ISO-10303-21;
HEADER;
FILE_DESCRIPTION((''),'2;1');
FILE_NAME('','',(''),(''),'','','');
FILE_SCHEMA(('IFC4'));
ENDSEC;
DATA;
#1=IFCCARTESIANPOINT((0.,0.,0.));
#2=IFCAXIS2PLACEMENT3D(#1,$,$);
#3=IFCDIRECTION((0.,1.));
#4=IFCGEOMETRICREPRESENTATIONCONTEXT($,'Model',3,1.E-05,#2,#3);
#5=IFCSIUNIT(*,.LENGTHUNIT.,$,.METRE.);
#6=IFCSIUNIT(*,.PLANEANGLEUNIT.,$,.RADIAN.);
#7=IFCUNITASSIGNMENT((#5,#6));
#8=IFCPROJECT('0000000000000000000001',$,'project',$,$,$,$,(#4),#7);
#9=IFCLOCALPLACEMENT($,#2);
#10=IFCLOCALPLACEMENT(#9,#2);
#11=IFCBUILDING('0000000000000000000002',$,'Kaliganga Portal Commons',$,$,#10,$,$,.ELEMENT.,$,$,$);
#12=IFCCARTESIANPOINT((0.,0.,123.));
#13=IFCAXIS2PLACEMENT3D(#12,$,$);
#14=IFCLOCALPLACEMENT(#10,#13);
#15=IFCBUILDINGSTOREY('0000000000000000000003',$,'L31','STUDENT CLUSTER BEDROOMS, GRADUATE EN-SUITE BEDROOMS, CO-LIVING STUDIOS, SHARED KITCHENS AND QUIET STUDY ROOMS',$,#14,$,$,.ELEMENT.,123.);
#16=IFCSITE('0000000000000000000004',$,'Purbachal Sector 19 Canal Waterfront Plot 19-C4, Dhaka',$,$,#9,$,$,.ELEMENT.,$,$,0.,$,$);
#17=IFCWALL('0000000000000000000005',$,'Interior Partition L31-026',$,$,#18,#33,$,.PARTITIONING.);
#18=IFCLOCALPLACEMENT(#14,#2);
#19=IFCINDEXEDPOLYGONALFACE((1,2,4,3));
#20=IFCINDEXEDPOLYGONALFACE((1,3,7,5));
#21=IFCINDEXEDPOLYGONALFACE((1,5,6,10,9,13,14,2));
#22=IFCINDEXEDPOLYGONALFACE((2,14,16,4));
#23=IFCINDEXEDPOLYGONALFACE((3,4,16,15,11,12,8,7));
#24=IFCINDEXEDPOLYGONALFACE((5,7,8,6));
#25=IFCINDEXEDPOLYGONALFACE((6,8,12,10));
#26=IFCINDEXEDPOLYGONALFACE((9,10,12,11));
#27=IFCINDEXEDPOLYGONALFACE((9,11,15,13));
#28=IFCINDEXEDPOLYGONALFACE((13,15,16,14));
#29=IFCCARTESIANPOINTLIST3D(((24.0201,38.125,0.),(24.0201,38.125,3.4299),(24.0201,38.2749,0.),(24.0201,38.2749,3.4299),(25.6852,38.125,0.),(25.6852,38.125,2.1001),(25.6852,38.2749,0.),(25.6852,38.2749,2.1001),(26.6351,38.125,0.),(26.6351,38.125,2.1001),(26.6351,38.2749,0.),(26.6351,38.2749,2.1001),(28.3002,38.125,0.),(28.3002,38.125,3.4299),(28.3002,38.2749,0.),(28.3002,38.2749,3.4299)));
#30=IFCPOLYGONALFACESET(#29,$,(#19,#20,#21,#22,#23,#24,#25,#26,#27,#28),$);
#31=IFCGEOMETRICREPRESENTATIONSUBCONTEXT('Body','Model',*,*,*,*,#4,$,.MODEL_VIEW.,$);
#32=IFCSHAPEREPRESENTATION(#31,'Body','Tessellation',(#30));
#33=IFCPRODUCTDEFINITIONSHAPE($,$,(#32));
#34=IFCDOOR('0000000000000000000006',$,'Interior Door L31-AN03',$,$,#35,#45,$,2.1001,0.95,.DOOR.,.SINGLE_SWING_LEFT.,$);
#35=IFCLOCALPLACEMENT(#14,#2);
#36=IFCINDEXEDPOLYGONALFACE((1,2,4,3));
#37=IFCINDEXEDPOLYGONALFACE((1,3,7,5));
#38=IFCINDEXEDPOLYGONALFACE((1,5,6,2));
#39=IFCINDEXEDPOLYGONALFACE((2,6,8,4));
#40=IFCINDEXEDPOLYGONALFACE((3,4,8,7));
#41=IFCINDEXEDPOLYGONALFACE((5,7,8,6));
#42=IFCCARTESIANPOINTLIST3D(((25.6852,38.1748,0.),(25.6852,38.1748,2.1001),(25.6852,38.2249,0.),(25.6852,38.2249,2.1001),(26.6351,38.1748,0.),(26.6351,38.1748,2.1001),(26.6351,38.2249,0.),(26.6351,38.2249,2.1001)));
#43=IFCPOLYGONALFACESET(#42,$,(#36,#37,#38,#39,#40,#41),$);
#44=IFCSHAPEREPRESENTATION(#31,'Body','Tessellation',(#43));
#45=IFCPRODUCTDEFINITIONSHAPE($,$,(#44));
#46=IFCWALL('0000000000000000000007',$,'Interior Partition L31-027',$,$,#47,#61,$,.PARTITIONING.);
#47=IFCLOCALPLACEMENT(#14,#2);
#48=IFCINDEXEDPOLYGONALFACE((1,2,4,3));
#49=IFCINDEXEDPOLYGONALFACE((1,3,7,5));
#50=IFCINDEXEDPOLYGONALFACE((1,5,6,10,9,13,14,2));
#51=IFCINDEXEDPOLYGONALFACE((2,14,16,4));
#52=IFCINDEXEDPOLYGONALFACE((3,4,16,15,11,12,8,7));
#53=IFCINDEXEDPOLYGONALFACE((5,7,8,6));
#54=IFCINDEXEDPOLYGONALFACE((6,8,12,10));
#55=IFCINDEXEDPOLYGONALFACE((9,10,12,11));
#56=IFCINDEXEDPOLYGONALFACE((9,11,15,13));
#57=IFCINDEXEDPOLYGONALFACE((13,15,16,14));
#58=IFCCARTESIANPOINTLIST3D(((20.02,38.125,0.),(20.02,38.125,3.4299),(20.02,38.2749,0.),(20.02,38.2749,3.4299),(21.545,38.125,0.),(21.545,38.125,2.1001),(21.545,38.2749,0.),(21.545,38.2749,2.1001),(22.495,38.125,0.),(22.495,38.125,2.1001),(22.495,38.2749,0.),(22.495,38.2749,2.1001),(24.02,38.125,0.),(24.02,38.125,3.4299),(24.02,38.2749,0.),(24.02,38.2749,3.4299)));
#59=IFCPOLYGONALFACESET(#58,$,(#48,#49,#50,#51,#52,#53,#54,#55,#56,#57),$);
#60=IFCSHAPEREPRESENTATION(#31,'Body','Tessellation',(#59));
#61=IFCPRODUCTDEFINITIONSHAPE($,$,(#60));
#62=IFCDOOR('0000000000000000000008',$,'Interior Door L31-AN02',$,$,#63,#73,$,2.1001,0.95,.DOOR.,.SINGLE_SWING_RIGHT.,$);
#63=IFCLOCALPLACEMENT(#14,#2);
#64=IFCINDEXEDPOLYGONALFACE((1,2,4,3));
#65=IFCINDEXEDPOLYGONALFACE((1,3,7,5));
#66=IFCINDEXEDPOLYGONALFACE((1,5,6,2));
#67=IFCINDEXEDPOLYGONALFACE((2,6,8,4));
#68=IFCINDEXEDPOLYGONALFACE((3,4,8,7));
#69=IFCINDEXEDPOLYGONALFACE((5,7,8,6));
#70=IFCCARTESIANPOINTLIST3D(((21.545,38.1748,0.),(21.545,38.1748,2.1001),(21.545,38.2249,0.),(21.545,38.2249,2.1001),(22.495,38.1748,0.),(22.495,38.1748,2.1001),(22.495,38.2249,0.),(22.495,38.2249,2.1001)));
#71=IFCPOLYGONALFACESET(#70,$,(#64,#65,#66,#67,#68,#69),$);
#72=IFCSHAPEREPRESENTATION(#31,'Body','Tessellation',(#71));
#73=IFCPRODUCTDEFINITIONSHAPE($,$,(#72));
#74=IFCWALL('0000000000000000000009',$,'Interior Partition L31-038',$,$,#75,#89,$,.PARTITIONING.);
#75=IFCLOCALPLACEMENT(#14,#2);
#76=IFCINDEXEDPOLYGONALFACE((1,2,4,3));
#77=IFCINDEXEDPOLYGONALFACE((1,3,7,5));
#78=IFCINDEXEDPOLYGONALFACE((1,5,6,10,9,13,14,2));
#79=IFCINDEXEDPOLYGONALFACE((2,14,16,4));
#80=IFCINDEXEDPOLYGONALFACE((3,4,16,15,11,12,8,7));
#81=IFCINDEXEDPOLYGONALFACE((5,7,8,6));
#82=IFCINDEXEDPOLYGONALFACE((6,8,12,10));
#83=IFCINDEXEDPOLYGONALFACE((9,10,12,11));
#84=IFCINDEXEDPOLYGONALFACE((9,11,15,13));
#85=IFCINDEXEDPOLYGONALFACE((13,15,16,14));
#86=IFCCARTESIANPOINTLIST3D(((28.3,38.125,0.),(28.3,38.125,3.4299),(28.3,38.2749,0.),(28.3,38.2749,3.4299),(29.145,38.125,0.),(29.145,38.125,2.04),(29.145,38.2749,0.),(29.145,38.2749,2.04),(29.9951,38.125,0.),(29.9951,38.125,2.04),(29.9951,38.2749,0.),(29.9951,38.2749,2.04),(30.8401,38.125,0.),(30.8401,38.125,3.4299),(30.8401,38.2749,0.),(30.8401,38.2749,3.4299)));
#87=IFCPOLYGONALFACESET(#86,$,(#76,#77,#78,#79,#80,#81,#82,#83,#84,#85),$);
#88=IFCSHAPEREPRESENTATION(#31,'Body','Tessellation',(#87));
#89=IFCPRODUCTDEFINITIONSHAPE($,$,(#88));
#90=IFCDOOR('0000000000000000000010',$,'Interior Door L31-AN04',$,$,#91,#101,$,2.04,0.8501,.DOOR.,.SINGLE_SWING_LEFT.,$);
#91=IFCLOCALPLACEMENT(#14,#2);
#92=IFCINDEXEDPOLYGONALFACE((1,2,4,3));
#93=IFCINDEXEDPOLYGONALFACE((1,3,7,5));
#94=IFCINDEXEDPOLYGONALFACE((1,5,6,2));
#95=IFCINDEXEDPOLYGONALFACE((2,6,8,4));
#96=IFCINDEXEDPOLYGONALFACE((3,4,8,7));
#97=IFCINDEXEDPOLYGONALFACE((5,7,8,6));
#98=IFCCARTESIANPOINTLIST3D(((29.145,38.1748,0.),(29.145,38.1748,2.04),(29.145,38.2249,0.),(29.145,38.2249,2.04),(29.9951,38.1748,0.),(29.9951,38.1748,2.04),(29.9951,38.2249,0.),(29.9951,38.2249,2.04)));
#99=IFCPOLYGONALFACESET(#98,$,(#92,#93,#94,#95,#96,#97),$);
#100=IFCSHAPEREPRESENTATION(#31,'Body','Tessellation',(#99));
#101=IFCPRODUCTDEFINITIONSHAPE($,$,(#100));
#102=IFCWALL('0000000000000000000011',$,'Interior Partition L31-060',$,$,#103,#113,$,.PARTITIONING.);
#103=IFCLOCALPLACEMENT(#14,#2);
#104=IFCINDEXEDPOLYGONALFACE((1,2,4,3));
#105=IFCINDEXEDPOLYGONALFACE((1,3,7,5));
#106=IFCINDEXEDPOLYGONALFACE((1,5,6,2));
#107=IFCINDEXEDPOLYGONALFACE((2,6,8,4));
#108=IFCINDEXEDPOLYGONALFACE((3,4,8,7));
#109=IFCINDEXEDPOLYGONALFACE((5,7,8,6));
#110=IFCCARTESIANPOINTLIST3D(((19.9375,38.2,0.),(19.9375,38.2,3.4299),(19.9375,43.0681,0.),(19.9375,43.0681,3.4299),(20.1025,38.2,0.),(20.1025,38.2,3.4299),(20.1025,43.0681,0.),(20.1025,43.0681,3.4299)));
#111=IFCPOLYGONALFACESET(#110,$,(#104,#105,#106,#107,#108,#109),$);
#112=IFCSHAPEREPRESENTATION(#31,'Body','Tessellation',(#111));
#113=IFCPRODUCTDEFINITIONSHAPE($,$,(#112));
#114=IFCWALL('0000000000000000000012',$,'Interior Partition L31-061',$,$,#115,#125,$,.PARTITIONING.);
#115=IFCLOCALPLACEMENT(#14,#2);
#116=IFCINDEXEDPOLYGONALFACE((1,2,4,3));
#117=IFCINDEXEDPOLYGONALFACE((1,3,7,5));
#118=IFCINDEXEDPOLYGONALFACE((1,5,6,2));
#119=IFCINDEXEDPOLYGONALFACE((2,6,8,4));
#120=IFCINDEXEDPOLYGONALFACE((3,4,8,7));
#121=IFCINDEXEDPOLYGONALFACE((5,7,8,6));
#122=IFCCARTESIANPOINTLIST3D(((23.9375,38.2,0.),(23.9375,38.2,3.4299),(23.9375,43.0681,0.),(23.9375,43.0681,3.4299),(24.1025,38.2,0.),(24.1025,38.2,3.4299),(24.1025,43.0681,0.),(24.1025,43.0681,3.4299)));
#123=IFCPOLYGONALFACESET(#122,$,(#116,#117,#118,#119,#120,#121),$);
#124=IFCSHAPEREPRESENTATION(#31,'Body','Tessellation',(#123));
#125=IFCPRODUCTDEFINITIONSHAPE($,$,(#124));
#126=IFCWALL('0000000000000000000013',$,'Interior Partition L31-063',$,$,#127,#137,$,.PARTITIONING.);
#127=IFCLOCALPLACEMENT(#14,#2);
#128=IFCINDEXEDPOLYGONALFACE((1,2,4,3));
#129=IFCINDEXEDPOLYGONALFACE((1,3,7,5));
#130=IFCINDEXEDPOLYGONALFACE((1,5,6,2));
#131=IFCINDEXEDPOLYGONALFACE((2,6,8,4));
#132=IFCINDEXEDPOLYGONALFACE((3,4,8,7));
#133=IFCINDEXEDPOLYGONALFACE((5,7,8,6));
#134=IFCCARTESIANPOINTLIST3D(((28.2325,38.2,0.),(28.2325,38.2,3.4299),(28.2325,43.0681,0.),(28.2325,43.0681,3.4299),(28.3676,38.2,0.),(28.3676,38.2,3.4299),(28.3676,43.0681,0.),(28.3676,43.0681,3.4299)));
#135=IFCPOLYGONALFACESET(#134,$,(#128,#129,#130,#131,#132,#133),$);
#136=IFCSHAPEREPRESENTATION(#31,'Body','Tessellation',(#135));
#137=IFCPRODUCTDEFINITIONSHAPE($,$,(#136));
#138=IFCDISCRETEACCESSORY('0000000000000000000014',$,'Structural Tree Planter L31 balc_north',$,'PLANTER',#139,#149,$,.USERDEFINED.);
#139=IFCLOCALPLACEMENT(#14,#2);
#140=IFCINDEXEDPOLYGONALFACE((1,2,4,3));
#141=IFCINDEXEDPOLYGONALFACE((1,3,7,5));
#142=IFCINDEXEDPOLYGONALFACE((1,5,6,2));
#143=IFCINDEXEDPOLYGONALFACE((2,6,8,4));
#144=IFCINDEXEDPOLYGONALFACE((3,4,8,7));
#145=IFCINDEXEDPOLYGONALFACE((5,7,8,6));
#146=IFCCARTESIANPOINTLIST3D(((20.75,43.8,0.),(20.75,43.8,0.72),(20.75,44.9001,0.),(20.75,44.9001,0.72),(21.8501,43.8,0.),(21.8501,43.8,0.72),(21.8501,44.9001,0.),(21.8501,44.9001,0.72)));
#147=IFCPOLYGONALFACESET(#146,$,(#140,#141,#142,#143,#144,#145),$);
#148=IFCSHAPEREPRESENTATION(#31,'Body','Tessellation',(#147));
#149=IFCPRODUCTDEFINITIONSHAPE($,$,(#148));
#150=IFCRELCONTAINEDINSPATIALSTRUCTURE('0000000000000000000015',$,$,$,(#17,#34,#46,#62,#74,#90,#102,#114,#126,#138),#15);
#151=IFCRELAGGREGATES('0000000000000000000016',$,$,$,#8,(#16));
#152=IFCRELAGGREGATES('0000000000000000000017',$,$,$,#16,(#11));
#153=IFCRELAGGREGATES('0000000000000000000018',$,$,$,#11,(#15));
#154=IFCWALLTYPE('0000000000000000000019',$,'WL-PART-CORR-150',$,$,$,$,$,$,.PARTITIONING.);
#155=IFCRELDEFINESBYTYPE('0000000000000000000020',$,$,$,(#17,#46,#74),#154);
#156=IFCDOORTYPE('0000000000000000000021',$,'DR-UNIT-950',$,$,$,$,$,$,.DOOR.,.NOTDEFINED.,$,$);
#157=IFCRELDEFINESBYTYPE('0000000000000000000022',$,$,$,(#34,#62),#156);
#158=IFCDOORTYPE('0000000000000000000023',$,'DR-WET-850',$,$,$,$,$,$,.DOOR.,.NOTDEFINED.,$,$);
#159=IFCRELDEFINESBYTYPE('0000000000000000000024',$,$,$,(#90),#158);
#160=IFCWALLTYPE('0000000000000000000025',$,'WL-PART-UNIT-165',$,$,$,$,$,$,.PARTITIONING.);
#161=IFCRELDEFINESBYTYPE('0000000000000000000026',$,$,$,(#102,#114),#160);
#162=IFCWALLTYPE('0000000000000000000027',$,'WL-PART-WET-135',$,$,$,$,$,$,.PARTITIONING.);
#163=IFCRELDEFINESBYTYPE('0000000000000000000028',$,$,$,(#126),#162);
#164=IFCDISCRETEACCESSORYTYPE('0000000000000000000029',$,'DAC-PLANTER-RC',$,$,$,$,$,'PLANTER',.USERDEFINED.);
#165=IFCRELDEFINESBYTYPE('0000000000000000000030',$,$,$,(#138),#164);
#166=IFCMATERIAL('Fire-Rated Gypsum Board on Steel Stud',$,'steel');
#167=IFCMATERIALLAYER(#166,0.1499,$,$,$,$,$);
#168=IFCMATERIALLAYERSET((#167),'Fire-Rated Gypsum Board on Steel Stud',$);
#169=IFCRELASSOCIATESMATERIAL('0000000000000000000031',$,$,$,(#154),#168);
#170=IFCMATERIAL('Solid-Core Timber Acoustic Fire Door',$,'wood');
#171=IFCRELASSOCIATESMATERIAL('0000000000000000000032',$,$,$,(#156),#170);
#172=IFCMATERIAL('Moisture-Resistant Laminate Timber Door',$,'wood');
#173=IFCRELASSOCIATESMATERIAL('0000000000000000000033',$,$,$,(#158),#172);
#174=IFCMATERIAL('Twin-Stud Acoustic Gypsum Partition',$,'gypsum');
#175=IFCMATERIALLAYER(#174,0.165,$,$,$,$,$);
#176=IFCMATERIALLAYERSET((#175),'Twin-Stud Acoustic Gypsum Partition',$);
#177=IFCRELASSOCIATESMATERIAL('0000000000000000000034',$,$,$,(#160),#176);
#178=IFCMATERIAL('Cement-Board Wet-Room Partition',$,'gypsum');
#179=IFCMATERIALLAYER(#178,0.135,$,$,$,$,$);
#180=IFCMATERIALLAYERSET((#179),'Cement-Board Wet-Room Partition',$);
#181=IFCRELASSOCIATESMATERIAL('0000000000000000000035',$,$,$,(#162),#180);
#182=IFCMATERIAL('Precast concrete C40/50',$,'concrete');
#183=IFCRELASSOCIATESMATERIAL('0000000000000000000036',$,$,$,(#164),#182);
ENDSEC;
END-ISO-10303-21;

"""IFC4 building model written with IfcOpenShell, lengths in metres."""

from ifc_helpers import new_model, si_unit, direction, frame, frame_2d, origin, origin_2d, place, context, subcontext, project, spatial, rectangle, extrude, source, transform, mapped, material, layer, layer_set, type_object, element, fill, save


model = new_model("IFC4")

# Units and contexts
model_context = context("Model", 3, precision=1e-05, world=origin(), true_north=direction((0.0, 1.0)))
body_context = subcontext(model_context, "Body", "Model", "MODEL_VIEW")
ifc_project = project(units=[si_unit("LENGTHUNIT", "METRE"), si_unit("PLANEANGLEUNIT", "RADIAN")], contexts=[model_context])

# Site, building, storey
site_placement = place(None, origin())
site = spatial("IfcSite", under=ifc_project, at=site_placement, Name="Purbachal Sector 19 Canal Waterfront Plot 19-C4, Dhaka", CompositionType="ELEMENT", RefElevation=0.0)
building_placement = place(site_placement, origin())
building = spatial("IfcBuilding", under=site, at=building_placement, Name="Kaliganga Portal Commons", CompositionType="ELEMENT")
storey_placement = place(building_placement, frame((0.0, 0.0, 123.0)))
storey = spatial("IfcBuildingStorey", under=building, at=storey_placement, Name="L31", Description="STUDENT CLUSTER BEDROOMS, GRADUATE EN-SUITE BEDROOMS, CO-LIVING STUDIOS, SHARED KITCHENS AND QUIET STUDY ROOMS", CompositionType="ELEMENT", Elevation=123.0)

# Walls, openings, doors
ifc_material_1 = material(Name="Fire-Rated Gypsum Board on Steel Stud", Category="steel")
ifc_layer_1 = layer(ifc_material_1, 0.1499)
ifc_layer_set_1 = layer_set([ifc_layer_1], Name="Fire-Rated Gypsum Board on Steel Stud")
wall_type_1 = type_object("IfcWallType", Name="WL-PART-CORR-150", PredefinedType="PARTITIONING", material=ifc_layer_set_1)
wall_1_placement = place(storey_placement, frame((24.02, 38.2, 0.0), z_axis=(0.0, 0.0, 1.0), x_axis=(1.0, 0.0, 0.0)))
wall_1 = element("IfcWall", 1, at=wall_1_placement, inside=storey, type_object=wall_type_1, Name="Interior Partition L31-026", PredefinedType="PARTITIONING", context=body_context, shape_type="SweptSolid", body=[
    extrude(rectangle(XDim=4.28, YDim=0.1499, at=frame_2d((2.1401, 0.0))), origin(), (0.0, 0.0, 1.0), 3.4299),
])
opening_1_placement = place(wall_1_placement, frame((1.665, 0.0, 0.0)))
opening_1 = element("IfcOpeningElement", 2, at=opening_1_placement, cuts=wall_1, PredefinedType="OPENING", context=body_context, shape_type="SweptSolid", body=[
    extrude(rectangle(XDim=0.95, YDim=2.1001, at=frame_2d((0.4751, 1.05))), frame((0.0, 0.085, 0.0), z_axis=(0.0, -1.0, 0.0), x_axis=(1.0, 0.0, 0.0)), (0.0, 0.0, 1.0), 0.1699),
])
ifc_material_2 = material(Name="Solid-Core Timber Acoustic Fire Door", Category="wood")
door_type_1 = type_object("IfcDoorType", Name="DR-UNIT-950", OperationType="NOTDEFINED", PredefinedType="DOOR", material=ifc_material_2)
door_1_placement = place(opening_1_placement, origin())
door_1 = element("IfcDoor", 3, at=door_1_placement, inside=storey, type_object=door_type_1, Name="Interior Door L31-AN03", OperationType="SINGLE_SWING_LEFT", OverallHeight=2.1001, OverallWidth=0.95, PredefinedType="DOOR", context=body_context, shape_type="SweptSolid", body=[
    extrude(rectangle(XDim=0.95, YDim=2.1001, at=frame_2d((0.4751, 1.05))), frame((0.0, 0.0249, 0.0), z_axis=(0.0, -1.0, 0.0), x_axis=(1.0, 0.0, 0.0)), (0.0, 0.0, 1.0), 0.05),
])
fill(opening_1, door_1)
wall_2_placement = place(storey_placement, frame((20.02, 38.2, 0.0), z_axis=(0.0, 0.0, 1.0), x_axis=(1.0, 0.0, 0.0)))
wall_2 = element("IfcWall", 4, at=wall_2_placement, inside=storey, type_object=wall_type_1, Name="Interior Partition L31-027", PredefinedType="PARTITIONING", context=body_context, shape_type="SweptSolid", body=[
    extrude(rectangle(XDim=4.0, YDim=0.1499, at=frame_2d((2.0, 0.0))), origin(), (0.0, 0.0, 1.0), 3.4299),
])
opening_2_placement = place(wall_2_placement, frame((1.5249, 0.0, 0.0)))
opening_2 = element("IfcOpeningElement", 5, at=opening_2_placement, cuts=wall_2, PredefinedType="OPENING", context=body_context, shape_type="SweptSolid", body=[
    extrude(rectangle(XDim=0.95, YDim=2.1001, at=frame_2d((0.4751, 1.05))), frame((0.0, 0.085, 0.0), z_axis=(0.0, -1.0, 0.0), x_axis=(1.0, 0.0, 0.0)), (0.0, 0.0, 1.0), 0.1699),
])
door_2_placement = place(opening_2_placement, origin())
door_2 = element("IfcDoor", 6, at=door_2_placement, inside=storey, type_object=door_type_1, Name="Interior Door L31-AN02", OperationType="SINGLE_SWING_RIGHT", OverallHeight=2.1001, OverallWidth=0.95, PredefinedType="DOOR", context=body_context, shape_type="SweptSolid", body=[
    extrude(rectangle(XDim=0.95, YDim=2.1001, at=frame_2d((0.4751, 1.05))), frame((0.0, 0.0249, 0.0), z_axis=(0.0, -1.0, 0.0), x_axis=(1.0, 0.0, 0.0)), (0.0, 0.0, 1.0), 0.05),
])
fill(opening_2, door_2)
wall_3_placement = place(storey_placement, frame((28.3, 38.2, 0.0), z_axis=(0.0, 0.0, 1.0), x_axis=(1.0, 0.0, 0.0)))
wall_3 = element("IfcWall", 7, at=wall_3_placement, inside=storey, type_object=wall_type_1, Name="Interior Partition L31-038", PredefinedType="PARTITIONING", context=body_context, shape_type="SweptSolid", body=[
    extrude(rectangle(XDim=2.54, YDim=0.1499, at=frame_2d((1.27, 0.0))), origin(), (0.0, 0.0, 1.0), 3.4299),
])
opening_3_placement = place(wall_3_placement, frame((0.845, 0.0, 0.0)))
opening_3 = element("IfcOpeningElement", 8, at=opening_3_placement, cuts=wall_3, PredefinedType="OPENING", context=body_context, shape_type="SweptSolid", body=[
    extrude(rectangle(XDim=0.8501, YDim=2.04, at=frame_2d((0.425, 1.02))), frame((0.0, 0.085, 0.0), z_axis=(0.0, -1.0, 0.0), x_axis=(1.0, 0.0, 0.0)), (0.0, 0.0, 1.0), 0.1699),
])
ifc_material_3 = material(Name="Moisture-Resistant Laminate Timber Door", Category="wood")
door_type_2 = type_object("IfcDoorType", Name="DR-WET-850", OperationType="NOTDEFINED", PredefinedType="DOOR", material=ifc_material_3)
door_3_placement = place(opening_3_placement, origin())
door_3 = element("IfcDoor", 9, at=door_3_placement, inside=storey, type_object=door_type_2, Name="Interior Door L31-AN04", OperationType="SINGLE_SWING_LEFT", OverallHeight=2.04, OverallWidth=0.8501, PredefinedType="DOOR", context=body_context, shape_type="SweptSolid", body=[
    extrude(rectangle(XDim=0.8501, YDim=2.04, at=frame_2d((0.425, 1.02))), frame((0.0, 0.0249, 0.0), z_axis=(0.0, -1.0, 0.0), x_axis=(1.0, 0.0, 0.0)), (0.0, 0.0, 1.0), 0.05),
])
fill(opening_3, door_3)

# Walls
ifc_material_4 = material(Name="Twin-Stud Acoustic Gypsum Partition", Category="gypsum")
ifc_layer_2 = layer(ifc_material_4, 0.165)
ifc_layer_set_2 = layer_set([ifc_layer_2], Name="Twin-Stud Acoustic Gypsum Partition")
wall_type_2 = type_object("IfcWallType", Name="WL-PART-UNIT-165", PredefinedType="PARTITIONING", material=ifc_layer_set_2)
for number, where, z_axis, x_axis, name in (
    (10, (20.02, 38.2, 0.0), (0.0, 0.0, 1.0), (0.0, 1.0, 0.0), "Interior Partition L31-060"),
    (11, (24.02, 38.2, 0.0), (0.0, 0.0, 1.0), (0.0, 1.0, 0.0), "Interior Partition L31-061"),
):
    element("IfcWall", number, at=place(storey_placement, frame(where, z_axis=z_axis, x_axis=x_axis)), inside=storey, type_object=wall_type_2, Name=name, PredefinedType="PARTITIONING", context=body_context, shape_type="SweptSolid", body=[
        extrude(rectangle(XDim=4.8682, YDim=0.165, at=frame_2d((2.4341, 0.0))), origin(), (0.0, 0.0, 1.0), 3.4299),
    ])
ifc_material_5 = material(Name="Cement-Board Wet-Room Partition", Category="gypsum")
ifc_layer_3 = layer(ifc_material_5, 0.135)
ifc_layer_set_3 = layer_set([ifc_layer_3], Name="Cement-Board Wet-Room Partition")
wall_type_3 = type_object("IfcWallType", Name="WL-PART-WET-135", PredefinedType="PARTITIONING", material=ifc_layer_set_3)
wall_4_placement = place(storey_placement, frame((28.3, 38.2, 0.0), z_axis=(0.0, 0.0, 1.0), x_axis=(0.0, 1.0, 0.0)))
element("IfcWall", 12, at=wall_4_placement, inside=storey, type_object=wall_type_3, Name="Interior Partition L31-063", PredefinedType="PARTITIONING", context=body_context, shape_type="SweptSolid", body=[
    extrude(rectangle(XDim=4.8682, YDim=0.135, at=frame_2d((2.4341, 0.0))), origin(), (0.0, 0.0, 1.0), 3.4299),
])

# Discrete accessory
ifc_material_6 = material(Name="Precast concrete C40/50", Category="concrete")
discrete_accessory_type = type_object("IfcDiscreteAccessoryType", Name="DAC-PLANTER-RC", ElementType="PLANTER", PredefinedType="USERDEFINED", material=ifc_material_6)
shared_shape_1 = source(origin(), body_context, "Body", "SweptSolid", [
    extrude(rectangle(XDim=1.1001, YDim=1.1001, at=origin_2d()), origin(), (0.0, 0.0, 1.0), 0.72),
])
discrete_accessory_placement = place(storey_placement, frame((21.3, 44.3501, 0.0), z_axis=(0.0, 0.0, 1.0), x_axis=(1.0, 0.0, 0.0)))
element("IfcDiscreteAccessory", 13, at=discrete_accessory_placement, inside=storey, type_object=discrete_accessory_type, Name="Structural Tree Planter L31 balc_north", ObjectType="PLANTER", PredefinedType="USERDEFINED", context=body_context, shape_type="MappedRepresentation", body=[
    mapped(shared_shape_1, transform((0.0, 0.0, 0.0), x_axis=(1.0, 0.0, 0.0), y_axis=(0.0, 1.0, 0.0), z_axis=(0.0, 0.0, 1.0), scale=1.0)),
])

save(model, "model.ifc")
